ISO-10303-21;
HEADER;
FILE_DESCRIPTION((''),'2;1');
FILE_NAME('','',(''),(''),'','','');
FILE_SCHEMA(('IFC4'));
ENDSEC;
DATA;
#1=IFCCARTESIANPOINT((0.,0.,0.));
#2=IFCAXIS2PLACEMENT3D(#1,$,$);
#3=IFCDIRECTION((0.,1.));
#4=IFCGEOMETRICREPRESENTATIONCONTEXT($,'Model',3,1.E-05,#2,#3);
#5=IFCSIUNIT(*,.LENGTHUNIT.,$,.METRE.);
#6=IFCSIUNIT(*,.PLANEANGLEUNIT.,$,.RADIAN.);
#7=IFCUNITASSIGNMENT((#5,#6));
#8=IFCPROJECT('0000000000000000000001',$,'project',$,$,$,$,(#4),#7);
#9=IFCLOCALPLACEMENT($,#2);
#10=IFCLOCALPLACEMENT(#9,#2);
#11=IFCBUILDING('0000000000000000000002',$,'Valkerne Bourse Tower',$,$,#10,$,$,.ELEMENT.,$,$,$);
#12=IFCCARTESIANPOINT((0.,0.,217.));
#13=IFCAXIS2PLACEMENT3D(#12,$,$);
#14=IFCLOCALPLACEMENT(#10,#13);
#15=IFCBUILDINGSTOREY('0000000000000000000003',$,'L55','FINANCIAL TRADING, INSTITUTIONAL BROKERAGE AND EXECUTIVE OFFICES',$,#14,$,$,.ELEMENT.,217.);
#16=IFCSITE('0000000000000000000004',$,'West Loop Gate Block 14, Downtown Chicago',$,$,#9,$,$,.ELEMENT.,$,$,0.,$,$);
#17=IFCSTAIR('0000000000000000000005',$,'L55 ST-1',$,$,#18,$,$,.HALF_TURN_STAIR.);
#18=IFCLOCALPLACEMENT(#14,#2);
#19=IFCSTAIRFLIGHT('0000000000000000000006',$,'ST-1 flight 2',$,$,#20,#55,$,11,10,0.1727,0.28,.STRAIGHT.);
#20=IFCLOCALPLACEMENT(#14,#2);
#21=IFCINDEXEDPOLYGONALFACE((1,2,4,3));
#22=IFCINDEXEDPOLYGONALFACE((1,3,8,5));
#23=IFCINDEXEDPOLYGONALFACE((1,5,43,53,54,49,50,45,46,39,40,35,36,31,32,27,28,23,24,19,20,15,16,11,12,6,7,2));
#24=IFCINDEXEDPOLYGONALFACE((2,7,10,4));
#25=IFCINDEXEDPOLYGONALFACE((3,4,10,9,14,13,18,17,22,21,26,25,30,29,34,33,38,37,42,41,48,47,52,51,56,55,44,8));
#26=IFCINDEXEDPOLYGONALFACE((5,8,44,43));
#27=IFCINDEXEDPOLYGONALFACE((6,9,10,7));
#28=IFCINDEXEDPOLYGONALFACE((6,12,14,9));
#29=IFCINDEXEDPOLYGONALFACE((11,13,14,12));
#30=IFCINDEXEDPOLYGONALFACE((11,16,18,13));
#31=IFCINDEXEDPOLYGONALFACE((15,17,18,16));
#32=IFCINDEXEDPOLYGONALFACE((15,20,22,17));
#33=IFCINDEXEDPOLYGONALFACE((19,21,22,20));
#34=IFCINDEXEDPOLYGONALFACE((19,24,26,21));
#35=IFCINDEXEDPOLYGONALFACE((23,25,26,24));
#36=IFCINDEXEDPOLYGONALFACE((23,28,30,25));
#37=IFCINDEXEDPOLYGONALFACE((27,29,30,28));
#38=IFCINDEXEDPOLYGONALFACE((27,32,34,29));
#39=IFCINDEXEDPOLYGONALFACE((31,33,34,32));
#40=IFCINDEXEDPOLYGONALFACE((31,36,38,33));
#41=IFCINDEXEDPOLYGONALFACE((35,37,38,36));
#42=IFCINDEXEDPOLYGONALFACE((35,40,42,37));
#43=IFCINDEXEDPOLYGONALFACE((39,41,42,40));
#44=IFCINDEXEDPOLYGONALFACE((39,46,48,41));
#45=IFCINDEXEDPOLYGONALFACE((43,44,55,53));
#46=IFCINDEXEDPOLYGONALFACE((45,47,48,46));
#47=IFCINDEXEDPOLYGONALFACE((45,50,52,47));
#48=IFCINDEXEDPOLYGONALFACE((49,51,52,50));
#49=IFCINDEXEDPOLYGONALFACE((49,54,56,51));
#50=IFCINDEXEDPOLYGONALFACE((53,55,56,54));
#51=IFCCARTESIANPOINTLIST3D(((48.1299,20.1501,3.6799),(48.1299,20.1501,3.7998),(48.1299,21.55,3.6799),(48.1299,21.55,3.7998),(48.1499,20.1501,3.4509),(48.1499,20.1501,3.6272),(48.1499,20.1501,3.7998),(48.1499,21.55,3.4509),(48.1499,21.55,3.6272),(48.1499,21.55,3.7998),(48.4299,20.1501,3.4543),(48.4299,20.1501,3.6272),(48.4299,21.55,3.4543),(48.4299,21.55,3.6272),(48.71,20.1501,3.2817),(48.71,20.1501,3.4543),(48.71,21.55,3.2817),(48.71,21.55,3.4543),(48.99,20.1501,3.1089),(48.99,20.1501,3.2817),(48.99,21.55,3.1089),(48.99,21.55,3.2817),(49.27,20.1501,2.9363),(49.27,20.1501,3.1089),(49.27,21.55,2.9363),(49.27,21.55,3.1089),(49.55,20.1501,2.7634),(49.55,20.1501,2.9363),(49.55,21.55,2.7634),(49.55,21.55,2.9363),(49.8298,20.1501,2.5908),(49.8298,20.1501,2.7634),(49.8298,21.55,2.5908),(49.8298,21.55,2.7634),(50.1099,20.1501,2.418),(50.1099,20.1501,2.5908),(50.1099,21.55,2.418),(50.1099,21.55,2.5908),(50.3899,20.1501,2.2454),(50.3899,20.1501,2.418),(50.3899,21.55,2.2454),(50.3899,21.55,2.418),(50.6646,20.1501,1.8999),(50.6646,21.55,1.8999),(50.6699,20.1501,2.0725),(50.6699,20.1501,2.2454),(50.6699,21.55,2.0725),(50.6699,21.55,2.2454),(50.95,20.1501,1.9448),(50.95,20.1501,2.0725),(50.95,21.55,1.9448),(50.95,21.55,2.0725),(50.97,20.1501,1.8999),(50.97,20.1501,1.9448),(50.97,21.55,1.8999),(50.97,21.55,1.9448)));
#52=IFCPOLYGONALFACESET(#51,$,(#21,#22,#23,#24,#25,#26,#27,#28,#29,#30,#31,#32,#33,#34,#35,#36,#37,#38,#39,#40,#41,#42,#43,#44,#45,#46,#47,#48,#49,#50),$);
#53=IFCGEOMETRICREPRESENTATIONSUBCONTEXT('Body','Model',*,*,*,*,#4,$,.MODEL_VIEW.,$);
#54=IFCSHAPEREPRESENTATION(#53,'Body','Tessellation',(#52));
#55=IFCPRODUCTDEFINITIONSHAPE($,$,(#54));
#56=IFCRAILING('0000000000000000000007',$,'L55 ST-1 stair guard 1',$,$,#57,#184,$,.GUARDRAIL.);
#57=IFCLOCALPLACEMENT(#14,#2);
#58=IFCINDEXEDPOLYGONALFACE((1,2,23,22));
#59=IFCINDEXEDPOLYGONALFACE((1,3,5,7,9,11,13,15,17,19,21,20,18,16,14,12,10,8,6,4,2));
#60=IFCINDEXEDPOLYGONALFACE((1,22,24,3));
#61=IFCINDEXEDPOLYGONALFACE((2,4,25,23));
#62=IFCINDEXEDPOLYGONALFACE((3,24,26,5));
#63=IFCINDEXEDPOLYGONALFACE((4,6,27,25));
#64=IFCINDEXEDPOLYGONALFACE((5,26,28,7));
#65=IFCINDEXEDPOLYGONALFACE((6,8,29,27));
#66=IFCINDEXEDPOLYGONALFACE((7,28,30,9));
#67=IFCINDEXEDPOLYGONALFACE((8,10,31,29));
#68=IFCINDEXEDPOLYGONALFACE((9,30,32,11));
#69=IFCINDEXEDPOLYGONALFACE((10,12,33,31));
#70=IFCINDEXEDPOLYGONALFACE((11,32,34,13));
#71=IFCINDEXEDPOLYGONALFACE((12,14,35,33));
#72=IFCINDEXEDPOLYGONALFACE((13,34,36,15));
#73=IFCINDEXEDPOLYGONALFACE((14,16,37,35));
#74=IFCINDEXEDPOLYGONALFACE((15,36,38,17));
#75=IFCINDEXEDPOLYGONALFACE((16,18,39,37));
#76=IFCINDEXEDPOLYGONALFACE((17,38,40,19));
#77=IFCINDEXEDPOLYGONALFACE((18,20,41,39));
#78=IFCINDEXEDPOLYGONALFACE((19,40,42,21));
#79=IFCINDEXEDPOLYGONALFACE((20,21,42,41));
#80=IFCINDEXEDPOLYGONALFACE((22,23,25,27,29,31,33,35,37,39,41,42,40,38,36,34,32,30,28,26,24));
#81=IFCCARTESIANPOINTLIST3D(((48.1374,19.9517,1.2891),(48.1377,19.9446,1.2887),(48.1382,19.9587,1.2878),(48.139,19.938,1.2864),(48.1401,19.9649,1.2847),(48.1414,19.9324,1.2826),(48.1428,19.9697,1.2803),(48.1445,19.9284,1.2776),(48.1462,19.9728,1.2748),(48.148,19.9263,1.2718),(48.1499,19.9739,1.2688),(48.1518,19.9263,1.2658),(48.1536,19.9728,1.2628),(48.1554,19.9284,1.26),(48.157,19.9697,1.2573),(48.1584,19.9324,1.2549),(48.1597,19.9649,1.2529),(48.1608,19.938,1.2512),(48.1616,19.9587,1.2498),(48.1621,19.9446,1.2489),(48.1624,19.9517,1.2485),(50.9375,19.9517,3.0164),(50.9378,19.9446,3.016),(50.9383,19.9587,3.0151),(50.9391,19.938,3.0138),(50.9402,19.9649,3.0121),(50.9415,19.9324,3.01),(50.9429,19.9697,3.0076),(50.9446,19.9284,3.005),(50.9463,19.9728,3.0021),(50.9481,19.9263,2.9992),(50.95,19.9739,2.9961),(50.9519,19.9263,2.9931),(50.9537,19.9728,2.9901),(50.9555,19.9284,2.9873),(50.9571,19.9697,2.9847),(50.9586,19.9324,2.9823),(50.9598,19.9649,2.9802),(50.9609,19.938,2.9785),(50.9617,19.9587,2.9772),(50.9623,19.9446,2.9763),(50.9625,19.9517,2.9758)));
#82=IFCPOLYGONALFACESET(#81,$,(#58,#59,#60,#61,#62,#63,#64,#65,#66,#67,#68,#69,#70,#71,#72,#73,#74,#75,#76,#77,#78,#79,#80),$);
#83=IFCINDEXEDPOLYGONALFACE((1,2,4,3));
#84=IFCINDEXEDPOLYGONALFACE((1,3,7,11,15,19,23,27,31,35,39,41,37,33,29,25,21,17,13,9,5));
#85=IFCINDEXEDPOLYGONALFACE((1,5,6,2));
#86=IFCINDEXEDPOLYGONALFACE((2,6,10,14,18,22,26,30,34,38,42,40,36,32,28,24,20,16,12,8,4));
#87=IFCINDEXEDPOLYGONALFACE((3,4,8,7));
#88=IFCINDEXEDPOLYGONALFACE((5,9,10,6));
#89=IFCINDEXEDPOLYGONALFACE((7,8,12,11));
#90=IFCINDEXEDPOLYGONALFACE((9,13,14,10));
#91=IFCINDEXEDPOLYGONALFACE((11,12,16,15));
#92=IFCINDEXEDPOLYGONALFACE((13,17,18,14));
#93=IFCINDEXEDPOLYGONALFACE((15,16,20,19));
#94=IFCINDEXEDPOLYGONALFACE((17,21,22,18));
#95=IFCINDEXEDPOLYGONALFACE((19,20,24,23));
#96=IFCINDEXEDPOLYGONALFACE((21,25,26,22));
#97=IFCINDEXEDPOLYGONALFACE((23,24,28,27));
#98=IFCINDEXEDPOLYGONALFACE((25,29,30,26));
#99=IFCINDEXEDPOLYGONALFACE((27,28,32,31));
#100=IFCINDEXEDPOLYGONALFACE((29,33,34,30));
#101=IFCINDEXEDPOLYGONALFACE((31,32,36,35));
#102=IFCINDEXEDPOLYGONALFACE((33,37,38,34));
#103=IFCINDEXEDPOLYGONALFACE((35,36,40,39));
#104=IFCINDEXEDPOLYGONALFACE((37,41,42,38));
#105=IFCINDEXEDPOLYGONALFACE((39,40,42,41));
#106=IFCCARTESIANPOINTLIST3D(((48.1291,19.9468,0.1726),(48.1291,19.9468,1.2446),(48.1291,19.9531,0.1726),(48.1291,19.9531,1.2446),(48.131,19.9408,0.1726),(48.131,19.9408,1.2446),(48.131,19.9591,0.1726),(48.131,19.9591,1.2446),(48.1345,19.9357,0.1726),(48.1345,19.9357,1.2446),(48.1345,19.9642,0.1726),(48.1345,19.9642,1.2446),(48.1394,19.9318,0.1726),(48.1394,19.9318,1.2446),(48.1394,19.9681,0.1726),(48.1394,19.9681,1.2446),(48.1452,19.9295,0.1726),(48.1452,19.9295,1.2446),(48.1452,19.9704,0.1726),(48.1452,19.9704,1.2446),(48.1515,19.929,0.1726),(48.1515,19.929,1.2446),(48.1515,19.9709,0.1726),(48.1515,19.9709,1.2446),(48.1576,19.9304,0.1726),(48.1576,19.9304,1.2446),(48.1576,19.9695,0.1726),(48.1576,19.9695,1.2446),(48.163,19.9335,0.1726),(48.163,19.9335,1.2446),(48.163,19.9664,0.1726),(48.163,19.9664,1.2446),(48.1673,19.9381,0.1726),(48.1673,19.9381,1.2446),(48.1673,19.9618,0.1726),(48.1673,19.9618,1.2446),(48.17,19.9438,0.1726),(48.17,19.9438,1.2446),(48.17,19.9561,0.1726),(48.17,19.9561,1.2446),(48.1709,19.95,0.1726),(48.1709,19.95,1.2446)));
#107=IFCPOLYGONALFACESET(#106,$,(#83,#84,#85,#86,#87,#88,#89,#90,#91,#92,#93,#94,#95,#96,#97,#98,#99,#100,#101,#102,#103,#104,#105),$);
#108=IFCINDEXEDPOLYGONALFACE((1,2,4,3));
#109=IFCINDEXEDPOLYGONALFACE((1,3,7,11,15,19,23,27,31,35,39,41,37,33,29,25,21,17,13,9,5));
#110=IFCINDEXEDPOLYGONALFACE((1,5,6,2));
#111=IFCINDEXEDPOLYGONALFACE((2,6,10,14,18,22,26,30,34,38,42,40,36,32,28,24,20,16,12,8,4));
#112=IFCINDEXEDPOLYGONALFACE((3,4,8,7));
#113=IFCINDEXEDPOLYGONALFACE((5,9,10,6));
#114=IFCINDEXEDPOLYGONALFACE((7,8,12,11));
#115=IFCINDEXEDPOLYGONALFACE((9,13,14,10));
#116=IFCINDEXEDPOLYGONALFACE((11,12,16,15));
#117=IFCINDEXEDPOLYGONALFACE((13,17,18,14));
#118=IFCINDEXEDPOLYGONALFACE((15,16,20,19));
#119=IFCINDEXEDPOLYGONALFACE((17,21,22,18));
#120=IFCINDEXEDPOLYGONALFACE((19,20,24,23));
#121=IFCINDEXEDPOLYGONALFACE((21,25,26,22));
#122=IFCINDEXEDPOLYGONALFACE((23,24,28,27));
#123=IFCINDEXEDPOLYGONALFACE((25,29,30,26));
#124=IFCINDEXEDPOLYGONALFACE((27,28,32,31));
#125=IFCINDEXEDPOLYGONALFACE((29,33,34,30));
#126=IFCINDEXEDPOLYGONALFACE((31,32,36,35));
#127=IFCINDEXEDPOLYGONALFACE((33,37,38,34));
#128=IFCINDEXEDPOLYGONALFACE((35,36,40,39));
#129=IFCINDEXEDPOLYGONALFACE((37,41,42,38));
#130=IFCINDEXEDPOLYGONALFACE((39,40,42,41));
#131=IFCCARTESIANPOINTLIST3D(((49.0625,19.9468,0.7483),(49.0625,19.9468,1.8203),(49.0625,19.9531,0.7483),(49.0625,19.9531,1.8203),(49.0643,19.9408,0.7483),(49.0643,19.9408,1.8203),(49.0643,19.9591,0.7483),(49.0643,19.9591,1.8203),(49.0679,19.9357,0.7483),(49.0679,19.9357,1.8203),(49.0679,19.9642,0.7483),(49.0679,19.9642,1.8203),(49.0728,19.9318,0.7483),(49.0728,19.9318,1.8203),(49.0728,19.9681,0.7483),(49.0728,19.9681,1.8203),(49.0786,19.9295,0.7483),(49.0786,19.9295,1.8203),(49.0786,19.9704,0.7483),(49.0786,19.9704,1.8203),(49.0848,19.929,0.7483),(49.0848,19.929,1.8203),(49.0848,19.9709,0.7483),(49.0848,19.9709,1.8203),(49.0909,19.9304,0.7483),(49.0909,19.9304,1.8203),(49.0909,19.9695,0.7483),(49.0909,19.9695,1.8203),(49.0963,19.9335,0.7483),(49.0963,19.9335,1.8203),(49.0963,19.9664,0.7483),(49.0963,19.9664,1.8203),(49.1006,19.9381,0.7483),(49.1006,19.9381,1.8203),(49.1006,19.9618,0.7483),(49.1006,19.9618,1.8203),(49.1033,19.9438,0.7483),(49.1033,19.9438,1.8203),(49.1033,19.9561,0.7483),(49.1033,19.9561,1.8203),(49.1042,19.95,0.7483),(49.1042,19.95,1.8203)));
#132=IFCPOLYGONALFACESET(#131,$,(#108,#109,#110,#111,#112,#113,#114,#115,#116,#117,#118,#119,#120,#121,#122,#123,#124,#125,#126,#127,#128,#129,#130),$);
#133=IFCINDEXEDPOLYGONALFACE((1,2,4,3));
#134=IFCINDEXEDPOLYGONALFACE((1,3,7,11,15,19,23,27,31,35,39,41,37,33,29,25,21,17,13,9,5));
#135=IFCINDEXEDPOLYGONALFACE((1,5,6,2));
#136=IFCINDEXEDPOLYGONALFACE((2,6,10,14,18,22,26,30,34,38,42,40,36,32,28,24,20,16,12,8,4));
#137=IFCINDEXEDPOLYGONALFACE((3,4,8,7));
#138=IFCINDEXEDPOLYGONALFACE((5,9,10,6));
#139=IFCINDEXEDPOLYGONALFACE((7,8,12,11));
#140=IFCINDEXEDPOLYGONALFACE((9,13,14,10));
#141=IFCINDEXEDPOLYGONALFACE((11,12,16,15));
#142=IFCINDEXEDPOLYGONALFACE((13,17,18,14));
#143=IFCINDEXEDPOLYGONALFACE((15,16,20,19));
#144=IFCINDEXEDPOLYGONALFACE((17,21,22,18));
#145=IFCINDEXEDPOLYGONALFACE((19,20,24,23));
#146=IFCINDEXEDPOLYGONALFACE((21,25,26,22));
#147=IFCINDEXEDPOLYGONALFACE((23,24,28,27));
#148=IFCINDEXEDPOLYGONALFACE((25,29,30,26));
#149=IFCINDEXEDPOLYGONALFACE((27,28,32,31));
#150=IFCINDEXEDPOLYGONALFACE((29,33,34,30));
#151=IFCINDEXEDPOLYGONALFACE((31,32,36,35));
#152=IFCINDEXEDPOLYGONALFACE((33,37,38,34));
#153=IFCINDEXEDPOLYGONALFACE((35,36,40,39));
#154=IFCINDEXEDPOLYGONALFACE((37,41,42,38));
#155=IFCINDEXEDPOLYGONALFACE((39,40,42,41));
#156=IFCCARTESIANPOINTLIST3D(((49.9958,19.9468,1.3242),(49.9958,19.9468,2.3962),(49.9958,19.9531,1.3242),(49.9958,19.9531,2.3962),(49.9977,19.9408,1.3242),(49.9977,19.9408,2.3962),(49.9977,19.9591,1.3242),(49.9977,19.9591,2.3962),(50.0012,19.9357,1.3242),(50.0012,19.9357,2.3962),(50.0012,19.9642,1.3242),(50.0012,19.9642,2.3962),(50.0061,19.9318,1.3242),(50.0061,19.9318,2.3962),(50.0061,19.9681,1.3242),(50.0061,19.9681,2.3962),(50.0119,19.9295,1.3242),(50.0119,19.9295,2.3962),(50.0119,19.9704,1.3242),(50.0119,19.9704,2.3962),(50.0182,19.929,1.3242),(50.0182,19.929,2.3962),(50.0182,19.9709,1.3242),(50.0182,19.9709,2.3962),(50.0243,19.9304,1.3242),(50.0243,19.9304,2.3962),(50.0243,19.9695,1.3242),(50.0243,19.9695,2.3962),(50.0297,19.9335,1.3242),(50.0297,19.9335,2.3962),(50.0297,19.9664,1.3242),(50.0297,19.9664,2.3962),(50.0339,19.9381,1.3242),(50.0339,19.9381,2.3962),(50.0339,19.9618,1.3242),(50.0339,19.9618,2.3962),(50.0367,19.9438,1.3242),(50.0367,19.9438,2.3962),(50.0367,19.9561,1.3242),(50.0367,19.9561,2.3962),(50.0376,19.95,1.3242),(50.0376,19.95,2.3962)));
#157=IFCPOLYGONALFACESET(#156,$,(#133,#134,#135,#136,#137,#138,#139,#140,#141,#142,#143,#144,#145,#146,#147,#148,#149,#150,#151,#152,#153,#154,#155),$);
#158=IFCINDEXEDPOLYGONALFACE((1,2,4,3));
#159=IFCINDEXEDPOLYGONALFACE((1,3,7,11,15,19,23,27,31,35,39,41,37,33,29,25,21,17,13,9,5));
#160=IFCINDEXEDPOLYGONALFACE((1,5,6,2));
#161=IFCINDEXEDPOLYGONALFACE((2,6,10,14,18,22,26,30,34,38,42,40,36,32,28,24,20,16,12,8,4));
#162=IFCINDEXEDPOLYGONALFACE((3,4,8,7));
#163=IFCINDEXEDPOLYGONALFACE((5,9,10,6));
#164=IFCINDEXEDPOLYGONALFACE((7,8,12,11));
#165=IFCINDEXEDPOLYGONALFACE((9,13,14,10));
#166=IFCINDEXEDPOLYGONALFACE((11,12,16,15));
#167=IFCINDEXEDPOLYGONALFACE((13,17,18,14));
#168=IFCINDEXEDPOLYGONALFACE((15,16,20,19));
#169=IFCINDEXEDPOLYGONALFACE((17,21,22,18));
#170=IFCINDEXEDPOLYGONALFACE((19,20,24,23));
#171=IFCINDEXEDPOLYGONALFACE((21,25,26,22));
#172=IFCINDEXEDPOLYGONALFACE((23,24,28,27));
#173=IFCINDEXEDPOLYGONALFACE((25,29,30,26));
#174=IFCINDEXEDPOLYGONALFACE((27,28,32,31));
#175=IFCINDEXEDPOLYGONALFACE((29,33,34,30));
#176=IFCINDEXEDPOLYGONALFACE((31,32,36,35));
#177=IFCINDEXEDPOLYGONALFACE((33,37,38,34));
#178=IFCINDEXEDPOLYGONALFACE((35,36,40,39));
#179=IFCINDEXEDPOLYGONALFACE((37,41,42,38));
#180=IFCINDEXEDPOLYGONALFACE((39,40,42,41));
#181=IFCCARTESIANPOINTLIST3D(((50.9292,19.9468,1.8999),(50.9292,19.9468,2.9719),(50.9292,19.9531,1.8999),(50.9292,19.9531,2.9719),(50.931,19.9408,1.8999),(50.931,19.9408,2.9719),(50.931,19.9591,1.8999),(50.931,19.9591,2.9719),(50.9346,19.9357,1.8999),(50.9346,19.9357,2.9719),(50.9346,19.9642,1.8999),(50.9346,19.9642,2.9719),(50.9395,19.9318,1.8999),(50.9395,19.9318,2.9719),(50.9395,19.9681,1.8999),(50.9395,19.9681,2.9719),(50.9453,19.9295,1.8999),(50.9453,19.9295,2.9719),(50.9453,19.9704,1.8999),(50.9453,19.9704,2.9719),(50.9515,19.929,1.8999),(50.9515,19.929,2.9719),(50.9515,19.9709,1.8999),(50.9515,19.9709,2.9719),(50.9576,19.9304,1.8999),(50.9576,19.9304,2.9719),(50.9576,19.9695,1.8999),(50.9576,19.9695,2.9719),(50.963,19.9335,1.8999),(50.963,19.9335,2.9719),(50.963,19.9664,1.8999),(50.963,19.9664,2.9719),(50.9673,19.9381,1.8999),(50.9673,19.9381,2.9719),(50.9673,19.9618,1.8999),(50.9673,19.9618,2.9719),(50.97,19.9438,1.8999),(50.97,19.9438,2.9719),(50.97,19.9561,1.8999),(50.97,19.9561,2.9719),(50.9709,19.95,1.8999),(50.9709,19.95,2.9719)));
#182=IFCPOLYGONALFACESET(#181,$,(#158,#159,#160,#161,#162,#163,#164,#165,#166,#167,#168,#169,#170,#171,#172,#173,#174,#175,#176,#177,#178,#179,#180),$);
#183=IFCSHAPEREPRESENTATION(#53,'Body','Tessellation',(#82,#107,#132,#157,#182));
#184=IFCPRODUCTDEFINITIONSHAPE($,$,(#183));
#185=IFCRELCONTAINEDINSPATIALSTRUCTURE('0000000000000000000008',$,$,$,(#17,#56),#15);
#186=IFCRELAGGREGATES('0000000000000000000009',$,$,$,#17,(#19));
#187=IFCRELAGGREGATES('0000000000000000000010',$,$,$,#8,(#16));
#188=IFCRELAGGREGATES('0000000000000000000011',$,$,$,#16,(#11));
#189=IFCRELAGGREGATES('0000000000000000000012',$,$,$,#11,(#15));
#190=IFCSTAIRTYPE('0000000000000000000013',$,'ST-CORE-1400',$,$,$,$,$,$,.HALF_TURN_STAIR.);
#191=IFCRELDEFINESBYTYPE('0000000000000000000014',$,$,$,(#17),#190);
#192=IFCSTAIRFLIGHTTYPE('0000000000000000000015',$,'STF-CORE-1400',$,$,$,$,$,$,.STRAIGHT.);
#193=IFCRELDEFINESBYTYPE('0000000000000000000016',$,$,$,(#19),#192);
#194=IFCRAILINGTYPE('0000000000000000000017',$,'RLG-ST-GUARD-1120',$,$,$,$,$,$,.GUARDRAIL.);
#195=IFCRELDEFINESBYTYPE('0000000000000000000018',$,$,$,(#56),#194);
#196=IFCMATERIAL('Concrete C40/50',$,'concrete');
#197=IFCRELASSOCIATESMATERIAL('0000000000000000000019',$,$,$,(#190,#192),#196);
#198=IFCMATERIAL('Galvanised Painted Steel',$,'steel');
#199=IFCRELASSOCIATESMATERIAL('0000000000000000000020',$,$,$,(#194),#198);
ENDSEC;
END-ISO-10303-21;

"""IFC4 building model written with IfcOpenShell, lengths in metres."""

from ifc_helpers import new_model, si_unit, direction, frame, origin, origin_2d, place, context, subcontext, project, spatial, polyline, circle, outline, extrude, material, type_object, element, aggregate, save


model = new_model("IFC4")

# Units and contexts
model_context = context("Model", 3, precision=1e-05, world=origin(), true_north=direction((0.0, 1.0)))
body_context = subcontext(model_context, "Body", "Model", "MODEL_VIEW")
ifc_project = project(units=[si_unit("LENGTHUNIT", "METRE"), si_unit("PLANEANGLEUNIT", "RADIAN")], contexts=[model_context])

# Site, building, storey
site_placement = place(None, origin())
site = spatial("IfcSite", under=ifc_project, at=site_placement, Name="West Loop Gate Block 14, Downtown Chicago", CompositionType="ELEMENT", RefElevation=0.0)
building_placement = place(site_placement, origin())
building = spatial("IfcBuilding", under=site, at=building_placement, Name="Valkerne Bourse Tower", CompositionType="ELEMENT")
storey_placement = place(building_placement, frame((0.0, 0.0, 217.0)))
storey = spatial("IfcBuildingStorey", under=building, at=storey_placement, Name="L55", Description="FINANCIAL TRADING, INSTITUTIONAL BROKERAGE AND EXECUTIVE OFFICES", CompositionType="ELEMENT", Elevation=217.0)

# Shared definitions
ifc_material_1 = material(Name="Galvanised Painted Steel", Category="steel")

# Shared definitions
ifc_material_2 = material(Name="Concrete C40/50", Category="concrete")

# Stair, stair flight
stair_type = type_object("IfcStairType", Name="ST-CORE-1400", PredefinedType="HALF_TURN_STAIR", material=ifc_material_2)
stair_placement = place(storey_placement, origin())
stair = element("IfcStair", 1, at=stair_placement, inside=storey, type_object=stair_type, Name="L55 ST-1", PredefinedType="HALF_TURN_STAIR")
stair_flight_type = type_object("IfcStairFlightType", Name="STF-CORE-1400", PredefinedType="STRAIGHT", material=ifc_material_2)
stair_flight_1_placement = place(storey_placement, frame((50.95, 20.8501, 1.8999), z_axis=(0.0, 0.0, 1.0), x_axis=(-1.0, 0.0, 0.0)))
stair_flight_1 = element("IfcStairFlight", 2, at=stair_flight_1_placement, type_object=stair_flight_type, Name="ST-1 flight 2", NumberOfRisers=11, NumberOfTreads=10, PredefinedType="STRAIGHT", RiserHeight=0.1727, TreadLength=0.28, context=body_context, shape_type="SweptSolid", body=[
    extrude(outline(polyline([(-0.02, 0.0), (-0.02, 0.0449), (0.0, 0.0449), (0.0, 0.1726), (0.28, 0.1726), (0.28, 0.3455), (0.5601, 0.3455), (0.5601, 0.5181), (0.8401, 0.5181), (0.8401, 0.6909), (1.1201, 0.6909), (1.1201, 0.8635), (1.3999, 0.8635), (1.3999, 1.0364), (1.6799, 1.0364), (1.6799, 1.209), (1.96, 1.209), (1.96, 1.3818), (2.24, 1.3818), (2.24, 1.5544), (2.52, 1.5544), (2.52, 1.7273), (2.8, 1.7273), (2.8, 1.8999), (2.8201, 1.8999), (2.8201, 1.78), (2.8, 1.551), (0.2854, 0.0), (-0.02, 0.0)])), frame((0.0, 0.7, 0.0), z_axis=(0.0, -1.0, 0.0), x_axis=(1.0, 0.0, 0.0)), (0.0, 0.0, 1.0), 1.3999),
])
aggregate(stair, [stair_flight_1])

# Railing
railing_type_1 = type_object("IfcRailingType", Name="RLG-ST-GUARD-1120", PredefinedType="GUARDRAIL", material=ifc_material_1)
railing_1_placement = place(storey_placement, frame((48.1499, 19.95, 0.1726)))
element("IfcRailing", 3, at=railing_1_placement, inside=storey, type_object=railing_type_1, Name="L55 ST-1 stair guard 1", PredefinedType="GUARDRAIL", context=body_context, shape_type="SweptSolid", body=[
    extrude(circle(Radius=0.0239, at=origin_2d()), frame((0.0, 0.0, 1.0962), z_axis=(0.85109, 0.0, 0.52502), x_axis=(0.0, 1.0, 0.0)), (0.0, 0.0, 1.0), 3.29),
    extrude(circle(Radius=0.021, at=origin_2d()), origin(), (0.0, 0.0, 1.0), 1.072),
    extrude(circle(Radius=0.021, at=origin_2d()), frame((0.9333, 0.0, 0.5757)), (0.0, 0.0, 1.0), 1.072),
    extrude(circle(Radius=0.021, at=origin_2d()), frame((1.8667, 0.0, 1.1516)), (0.0, 0.0, 1.0), 1.072),
    extrude(circle(Radius=0.021, at=origin_2d()), frame((2.8, 0.0, 1.7273)), (0.0, 0.0, 1.0), 1.072),
])

save(model, "model.ifc")
